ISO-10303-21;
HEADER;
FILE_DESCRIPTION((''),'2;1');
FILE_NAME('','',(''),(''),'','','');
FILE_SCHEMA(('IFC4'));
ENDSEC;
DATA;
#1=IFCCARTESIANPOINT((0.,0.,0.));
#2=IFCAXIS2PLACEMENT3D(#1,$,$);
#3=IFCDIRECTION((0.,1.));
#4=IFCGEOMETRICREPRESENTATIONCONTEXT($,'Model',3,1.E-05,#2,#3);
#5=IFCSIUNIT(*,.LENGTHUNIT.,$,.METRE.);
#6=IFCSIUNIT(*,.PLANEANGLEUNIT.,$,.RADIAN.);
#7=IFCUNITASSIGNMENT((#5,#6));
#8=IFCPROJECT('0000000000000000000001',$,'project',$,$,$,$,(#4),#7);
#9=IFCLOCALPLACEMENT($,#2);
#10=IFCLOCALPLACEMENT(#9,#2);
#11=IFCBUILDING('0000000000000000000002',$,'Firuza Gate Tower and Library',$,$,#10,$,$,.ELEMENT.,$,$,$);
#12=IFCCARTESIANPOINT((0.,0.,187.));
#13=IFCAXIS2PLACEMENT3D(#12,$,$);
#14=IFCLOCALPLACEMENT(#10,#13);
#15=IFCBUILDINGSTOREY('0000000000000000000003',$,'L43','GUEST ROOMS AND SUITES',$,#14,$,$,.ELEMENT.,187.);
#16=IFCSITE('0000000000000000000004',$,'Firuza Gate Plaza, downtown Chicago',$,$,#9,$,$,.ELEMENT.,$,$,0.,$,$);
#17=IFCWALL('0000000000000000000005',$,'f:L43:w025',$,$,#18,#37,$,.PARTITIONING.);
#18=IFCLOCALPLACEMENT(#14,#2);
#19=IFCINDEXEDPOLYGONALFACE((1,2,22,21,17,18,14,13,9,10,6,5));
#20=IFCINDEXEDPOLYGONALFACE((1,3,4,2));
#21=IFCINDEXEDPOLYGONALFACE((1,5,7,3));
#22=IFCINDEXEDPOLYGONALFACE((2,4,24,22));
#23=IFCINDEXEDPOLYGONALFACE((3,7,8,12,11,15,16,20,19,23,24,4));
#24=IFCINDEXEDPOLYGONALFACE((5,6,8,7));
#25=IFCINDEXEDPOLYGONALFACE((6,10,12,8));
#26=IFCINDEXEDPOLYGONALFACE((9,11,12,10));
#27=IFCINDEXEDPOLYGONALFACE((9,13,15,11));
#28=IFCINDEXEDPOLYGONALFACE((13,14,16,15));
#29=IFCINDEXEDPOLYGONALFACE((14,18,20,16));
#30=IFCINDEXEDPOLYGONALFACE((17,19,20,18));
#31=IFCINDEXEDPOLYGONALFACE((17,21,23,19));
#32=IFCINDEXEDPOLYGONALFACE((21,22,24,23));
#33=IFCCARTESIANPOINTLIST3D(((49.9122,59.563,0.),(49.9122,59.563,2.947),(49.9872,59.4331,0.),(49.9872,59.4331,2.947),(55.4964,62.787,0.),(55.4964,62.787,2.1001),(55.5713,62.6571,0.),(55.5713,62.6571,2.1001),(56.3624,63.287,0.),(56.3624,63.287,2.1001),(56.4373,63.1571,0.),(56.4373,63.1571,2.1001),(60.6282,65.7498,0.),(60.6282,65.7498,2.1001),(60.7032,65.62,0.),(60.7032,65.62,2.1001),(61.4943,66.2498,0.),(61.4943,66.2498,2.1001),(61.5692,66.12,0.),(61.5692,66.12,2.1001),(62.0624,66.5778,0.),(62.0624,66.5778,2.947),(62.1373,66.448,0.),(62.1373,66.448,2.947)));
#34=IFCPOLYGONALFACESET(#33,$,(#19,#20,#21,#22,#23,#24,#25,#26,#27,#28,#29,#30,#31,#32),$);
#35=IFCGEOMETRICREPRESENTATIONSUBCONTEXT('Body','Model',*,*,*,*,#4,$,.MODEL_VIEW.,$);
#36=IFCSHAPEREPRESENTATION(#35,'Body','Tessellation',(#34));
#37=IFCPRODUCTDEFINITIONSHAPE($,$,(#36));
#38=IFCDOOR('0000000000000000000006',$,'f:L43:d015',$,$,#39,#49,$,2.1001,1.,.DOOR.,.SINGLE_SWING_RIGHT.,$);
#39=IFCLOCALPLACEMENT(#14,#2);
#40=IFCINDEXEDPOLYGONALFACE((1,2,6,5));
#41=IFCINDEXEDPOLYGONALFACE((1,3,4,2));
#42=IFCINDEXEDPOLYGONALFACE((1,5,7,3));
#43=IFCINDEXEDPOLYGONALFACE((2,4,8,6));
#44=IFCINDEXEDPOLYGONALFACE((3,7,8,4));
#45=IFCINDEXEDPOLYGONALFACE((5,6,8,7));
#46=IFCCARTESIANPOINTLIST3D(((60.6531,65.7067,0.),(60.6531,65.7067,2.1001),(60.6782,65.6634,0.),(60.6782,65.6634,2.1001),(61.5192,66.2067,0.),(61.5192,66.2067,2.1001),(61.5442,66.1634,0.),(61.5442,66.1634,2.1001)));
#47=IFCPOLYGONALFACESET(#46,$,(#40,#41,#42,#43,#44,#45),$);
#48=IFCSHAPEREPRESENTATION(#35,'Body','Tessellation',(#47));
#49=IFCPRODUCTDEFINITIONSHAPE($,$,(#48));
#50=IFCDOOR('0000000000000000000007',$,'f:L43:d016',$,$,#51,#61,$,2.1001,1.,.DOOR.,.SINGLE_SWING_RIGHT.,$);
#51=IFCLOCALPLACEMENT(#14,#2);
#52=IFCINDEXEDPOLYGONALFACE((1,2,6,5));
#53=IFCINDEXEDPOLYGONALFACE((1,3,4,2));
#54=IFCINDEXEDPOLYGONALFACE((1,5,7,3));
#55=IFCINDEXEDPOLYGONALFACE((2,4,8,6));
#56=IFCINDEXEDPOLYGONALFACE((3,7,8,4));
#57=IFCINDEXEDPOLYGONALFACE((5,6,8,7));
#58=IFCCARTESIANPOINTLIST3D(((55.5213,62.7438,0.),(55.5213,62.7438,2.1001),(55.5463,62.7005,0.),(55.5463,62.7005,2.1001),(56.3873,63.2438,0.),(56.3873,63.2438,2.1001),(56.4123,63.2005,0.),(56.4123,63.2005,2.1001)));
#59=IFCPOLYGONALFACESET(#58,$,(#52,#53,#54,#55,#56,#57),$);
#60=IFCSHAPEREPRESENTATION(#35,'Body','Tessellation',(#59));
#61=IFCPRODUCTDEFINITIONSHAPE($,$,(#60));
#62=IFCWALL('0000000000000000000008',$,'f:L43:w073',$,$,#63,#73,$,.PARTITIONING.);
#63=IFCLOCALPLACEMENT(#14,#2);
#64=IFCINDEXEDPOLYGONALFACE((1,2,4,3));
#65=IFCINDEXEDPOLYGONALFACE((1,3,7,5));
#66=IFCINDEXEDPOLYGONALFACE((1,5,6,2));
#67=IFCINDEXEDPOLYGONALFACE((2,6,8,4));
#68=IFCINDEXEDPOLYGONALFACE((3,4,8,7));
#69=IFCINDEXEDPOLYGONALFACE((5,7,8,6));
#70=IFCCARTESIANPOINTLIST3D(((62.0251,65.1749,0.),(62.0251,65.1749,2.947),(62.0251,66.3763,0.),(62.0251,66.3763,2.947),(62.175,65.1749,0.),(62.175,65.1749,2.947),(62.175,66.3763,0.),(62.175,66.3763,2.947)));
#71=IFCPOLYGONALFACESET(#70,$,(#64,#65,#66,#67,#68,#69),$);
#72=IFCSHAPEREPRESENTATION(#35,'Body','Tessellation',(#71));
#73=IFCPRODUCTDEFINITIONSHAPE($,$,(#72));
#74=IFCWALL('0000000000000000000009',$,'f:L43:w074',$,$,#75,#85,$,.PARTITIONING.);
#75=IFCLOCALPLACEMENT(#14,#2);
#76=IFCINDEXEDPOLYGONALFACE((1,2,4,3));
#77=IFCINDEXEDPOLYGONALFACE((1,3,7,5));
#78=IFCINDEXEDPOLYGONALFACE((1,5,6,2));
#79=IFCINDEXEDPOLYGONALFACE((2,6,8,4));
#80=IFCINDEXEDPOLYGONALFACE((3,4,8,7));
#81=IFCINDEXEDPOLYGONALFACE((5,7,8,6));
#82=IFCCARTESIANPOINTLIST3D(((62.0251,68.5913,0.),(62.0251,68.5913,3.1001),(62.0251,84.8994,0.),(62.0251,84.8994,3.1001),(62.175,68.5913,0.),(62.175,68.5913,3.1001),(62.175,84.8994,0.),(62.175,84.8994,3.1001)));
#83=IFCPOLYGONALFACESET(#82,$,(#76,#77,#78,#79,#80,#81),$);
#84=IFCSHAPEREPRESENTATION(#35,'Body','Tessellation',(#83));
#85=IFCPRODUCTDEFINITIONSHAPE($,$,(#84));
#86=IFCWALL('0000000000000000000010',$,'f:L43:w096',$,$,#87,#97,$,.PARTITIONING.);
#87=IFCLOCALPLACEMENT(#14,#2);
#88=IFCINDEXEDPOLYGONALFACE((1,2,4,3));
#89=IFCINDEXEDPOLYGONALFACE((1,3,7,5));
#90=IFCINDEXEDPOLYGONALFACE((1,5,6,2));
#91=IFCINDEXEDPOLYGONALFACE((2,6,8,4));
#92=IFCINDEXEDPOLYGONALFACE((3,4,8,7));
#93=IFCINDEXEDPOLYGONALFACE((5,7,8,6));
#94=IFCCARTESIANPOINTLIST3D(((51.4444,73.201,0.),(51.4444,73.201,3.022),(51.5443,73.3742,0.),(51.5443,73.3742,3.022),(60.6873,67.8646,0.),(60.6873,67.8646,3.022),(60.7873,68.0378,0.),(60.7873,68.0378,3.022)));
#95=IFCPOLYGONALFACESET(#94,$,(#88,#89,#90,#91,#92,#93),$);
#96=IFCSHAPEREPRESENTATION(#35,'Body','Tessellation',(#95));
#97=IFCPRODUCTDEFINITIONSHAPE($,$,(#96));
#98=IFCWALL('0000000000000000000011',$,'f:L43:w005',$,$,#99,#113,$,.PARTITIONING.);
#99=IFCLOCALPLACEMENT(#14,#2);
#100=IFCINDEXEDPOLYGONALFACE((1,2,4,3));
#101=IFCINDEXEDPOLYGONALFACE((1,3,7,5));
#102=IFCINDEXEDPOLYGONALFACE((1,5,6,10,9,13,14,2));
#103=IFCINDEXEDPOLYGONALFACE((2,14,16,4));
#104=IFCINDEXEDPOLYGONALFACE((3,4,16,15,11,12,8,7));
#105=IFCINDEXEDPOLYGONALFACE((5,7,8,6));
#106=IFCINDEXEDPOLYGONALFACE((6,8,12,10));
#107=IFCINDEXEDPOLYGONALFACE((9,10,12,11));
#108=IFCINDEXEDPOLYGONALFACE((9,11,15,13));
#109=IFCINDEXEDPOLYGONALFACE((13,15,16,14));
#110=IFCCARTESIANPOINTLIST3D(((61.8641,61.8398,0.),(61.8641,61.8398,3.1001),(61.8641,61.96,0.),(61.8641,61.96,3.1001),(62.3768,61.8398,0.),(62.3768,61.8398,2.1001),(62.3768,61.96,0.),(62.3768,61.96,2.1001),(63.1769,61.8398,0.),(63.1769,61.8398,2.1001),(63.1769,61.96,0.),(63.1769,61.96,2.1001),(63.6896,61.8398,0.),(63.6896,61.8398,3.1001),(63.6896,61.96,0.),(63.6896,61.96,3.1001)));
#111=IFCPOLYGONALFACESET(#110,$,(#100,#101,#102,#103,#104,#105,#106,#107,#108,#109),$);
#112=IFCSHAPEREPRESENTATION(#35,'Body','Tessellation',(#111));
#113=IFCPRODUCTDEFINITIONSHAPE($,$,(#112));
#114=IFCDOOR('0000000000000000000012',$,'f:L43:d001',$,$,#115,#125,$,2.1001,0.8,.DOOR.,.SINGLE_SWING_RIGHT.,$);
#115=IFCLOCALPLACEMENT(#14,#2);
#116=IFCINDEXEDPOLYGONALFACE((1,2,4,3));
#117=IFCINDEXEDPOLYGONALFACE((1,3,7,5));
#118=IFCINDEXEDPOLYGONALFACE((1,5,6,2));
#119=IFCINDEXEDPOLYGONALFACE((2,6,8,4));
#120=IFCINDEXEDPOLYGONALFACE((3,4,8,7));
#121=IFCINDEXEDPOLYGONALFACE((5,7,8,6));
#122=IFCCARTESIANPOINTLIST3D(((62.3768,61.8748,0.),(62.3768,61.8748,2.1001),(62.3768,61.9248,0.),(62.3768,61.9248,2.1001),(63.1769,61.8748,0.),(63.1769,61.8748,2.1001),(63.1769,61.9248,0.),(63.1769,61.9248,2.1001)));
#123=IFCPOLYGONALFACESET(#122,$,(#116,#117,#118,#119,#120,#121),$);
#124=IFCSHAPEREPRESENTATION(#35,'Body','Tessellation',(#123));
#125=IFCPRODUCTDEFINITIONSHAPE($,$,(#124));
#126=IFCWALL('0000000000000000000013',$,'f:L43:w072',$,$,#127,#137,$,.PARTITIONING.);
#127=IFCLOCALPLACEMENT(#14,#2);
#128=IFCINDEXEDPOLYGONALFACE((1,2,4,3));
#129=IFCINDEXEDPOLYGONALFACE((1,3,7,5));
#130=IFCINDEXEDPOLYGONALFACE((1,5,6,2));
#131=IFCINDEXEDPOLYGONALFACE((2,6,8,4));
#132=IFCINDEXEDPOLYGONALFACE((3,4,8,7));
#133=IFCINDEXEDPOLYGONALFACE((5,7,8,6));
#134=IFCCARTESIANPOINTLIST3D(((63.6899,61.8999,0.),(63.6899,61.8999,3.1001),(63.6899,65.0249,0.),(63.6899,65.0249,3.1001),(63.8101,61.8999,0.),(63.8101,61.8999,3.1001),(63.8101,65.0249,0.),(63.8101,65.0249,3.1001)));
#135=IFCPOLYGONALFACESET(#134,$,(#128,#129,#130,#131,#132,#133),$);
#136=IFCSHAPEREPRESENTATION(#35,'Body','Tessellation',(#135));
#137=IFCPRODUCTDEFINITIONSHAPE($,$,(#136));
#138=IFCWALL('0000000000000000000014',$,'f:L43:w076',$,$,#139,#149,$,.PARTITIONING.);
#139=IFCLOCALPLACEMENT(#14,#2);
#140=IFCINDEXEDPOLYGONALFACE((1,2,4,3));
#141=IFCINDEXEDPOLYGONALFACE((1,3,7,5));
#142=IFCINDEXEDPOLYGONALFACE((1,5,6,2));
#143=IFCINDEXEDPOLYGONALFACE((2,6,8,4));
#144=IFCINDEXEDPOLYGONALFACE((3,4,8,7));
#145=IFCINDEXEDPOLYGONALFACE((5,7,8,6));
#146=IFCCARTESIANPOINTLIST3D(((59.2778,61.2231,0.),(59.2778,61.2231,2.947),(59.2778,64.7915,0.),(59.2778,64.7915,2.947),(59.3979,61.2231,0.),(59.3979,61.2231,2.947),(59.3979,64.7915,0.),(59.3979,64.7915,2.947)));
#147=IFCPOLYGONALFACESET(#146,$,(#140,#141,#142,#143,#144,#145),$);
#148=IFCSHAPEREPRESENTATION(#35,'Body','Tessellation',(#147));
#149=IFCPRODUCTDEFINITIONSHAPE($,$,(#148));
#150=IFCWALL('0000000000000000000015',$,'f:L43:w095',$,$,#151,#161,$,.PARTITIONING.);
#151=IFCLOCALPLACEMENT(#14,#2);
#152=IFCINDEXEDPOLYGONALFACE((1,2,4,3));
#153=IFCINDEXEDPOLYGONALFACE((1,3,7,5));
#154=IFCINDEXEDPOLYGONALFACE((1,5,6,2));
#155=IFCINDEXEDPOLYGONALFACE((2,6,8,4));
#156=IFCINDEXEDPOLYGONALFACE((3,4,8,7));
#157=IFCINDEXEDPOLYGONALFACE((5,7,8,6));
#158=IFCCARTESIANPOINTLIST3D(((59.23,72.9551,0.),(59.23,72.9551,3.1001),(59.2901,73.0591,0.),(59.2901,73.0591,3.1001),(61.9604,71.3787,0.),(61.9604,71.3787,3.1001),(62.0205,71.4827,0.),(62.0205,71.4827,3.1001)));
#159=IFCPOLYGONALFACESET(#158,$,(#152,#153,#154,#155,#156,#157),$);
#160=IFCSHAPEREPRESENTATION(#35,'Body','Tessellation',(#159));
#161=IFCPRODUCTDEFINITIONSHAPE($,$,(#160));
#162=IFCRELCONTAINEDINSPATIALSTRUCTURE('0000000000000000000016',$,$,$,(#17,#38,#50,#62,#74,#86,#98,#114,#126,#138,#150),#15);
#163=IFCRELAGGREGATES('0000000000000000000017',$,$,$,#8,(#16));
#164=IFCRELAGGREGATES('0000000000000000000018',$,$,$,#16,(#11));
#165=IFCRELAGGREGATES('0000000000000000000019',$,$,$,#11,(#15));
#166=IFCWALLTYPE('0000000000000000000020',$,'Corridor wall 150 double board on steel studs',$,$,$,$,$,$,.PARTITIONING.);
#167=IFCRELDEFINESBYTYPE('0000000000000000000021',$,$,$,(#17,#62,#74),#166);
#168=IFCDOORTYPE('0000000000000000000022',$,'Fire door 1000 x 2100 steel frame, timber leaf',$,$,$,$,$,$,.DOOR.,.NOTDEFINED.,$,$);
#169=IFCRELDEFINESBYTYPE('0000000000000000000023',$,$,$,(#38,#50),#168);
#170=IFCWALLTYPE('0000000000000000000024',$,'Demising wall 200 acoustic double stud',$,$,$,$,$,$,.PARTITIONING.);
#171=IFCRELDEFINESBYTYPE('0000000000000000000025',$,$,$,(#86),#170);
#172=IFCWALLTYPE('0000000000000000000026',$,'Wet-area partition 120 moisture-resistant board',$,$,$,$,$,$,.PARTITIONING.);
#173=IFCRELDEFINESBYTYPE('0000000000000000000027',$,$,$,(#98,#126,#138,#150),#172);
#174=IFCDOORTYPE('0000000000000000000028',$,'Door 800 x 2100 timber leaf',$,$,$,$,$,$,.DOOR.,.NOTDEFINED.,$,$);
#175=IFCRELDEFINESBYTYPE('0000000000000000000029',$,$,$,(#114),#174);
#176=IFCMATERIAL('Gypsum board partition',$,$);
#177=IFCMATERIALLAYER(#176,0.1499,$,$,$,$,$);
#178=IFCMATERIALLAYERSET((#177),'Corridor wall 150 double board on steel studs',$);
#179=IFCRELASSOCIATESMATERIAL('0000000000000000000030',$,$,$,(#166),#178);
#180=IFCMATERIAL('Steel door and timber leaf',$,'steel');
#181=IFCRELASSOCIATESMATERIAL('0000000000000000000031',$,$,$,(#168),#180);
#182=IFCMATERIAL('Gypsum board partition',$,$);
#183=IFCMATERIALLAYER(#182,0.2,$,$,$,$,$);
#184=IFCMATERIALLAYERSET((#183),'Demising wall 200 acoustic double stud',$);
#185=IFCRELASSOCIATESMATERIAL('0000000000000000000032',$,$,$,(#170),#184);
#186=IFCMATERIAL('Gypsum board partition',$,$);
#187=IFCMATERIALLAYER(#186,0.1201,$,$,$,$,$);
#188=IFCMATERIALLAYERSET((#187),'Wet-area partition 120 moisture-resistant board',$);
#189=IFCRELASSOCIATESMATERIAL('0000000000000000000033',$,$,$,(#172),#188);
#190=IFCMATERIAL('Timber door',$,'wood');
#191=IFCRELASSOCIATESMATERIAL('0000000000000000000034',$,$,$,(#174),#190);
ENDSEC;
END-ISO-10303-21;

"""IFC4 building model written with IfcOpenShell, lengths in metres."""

from ifc_helpers import new_model, si_unit, direction, frame, frame_2d, origin, place, context, subcontext, project, spatial, rectangle, extrude, material, layer, layer_set, type_object, element, fill, save


model = new_model("IFC4")

# Units and contexts
model_context = context("Model", 3, precision=1e-05, world=origin(), true_north=direction((0.0, 1.0)))
body_context = subcontext(model_context, "Body", "Model", "MODEL_VIEW")
ifc_project = project(units=[si_unit("LENGTHUNIT", "METRE"), si_unit("PLANEANGLEUNIT", "RADIAN")], contexts=[model_context])

# Site, building, storey
site_placement = place(None, origin())
site = spatial("IfcSite", under=ifc_project, at=site_placement, Name="Firuza Gate Plaza, downtown Chicago", CompositionType="ELEMENT", RefElevation=0.0)
building_placement = place(site_placement, origin())
building = spatial("IfcBuilding", under=site, at=building_placement, Name="Firuza Gate Tower and Library", CompositionType="ELEMENT")
storey_placement = place(building_placement, frame((0.0, 0.0, 187.0)))
storey = spatial("IfcBuildingStorey", under=building, at=storey_placement, Name="L43", Description="GUEST ROOMS AND SUITES", CompositionType="ELEMENT", Elevation=187.0)

# Wall, openings, doors
ifc_material_1 = material(Name="Gypsum board partition")
ifc_layer_1 = layer(ifc_material_1, 0.1499)
ifc_layer_set_1 = layer_set([ifc_layer_1], Name="Corridor wall 150 double board on steel studs")
wall_type_1 = type_object("IfcWallType", Name="Corridor wall 150 double board on steel studs", PredefinedType="PARTITIONING", material=ifc_layer_set_1)
wall_1_placement = place(storey_placement, frame((62.0999, 66.5129, 0.0), z_axis=(0.0, 0.0, 1.0), x_axis=(-0.866025, -0.5, 0.0)))
wall_1 = element("IfcWall", 1, at=wall_1_placement, inside=storey, type_object=wall_type_1, Name="f:L43:w025", PredefinedType="PARTITIONING", context=body_context, shape_type="SweptSolid", body=[
    extrude(rectangle(XDim=14.0298, YDim=0.1499, at=frame_2d((7.0149, 0.0))), origin(), (0.0, 0.0, 1.0), 2.947),
])
opening_1_placement = place(wall_1_placement, frame((0.656, 0.0, 0.0)))
opening_1 = element("IfcOpeningElement", 2, at=opening_1_placement, cuts=wall_1, PredefinedType="OPENING", context=body_context, shape_type="SweptSolid", body=[
    extrude(rectangle(XDim=1.0, YDim=2.1001, at=frame_2d((0.5, 1.05))), frame((0.0, 0.085, 0.0), z_axis=(0.0, -1.0, 0.0), x_axis=(1.0, 0.0, 0.0)), (0.0, 0.0, 1.0), 0.1699),
])
opening_2_placement = place(wall_1_placement, frame((6.5818, 0.0, 0.0)))
opening_2 = element("IfcOpeningElement", 3, at=opening_2_placement, cuts=wall_1, PredefinedType="OPENING", context=body_context, shape_type="SweptSolid", body=[
    extrude(rectangle(XDim=1.0, YDim=2.1001, at=frame_2d((0.5, 1.05))), frame((0.0, 0.085, 0.0), z_axis=(0.0, -1.0, 0.0), x_axis=(1.0, 0.0, 0.0)), (0.0, 0.0, 1.0), 0.1699),
])
ifc_material_2 = material(Name="Steel door and timber leaf", Category="steel")
door_type_1 = type_object("IfcDoorType", Name="Fire door 1000 x 2100 steel frame, timber leaf", OperationType="NOTDEFINED", PredefinedType="DOOR", material=ifc_material_2)
door_1_placement = place(opening_1_placement, origin())
door_1 = element("IfcDoor", 4, at=door_1_placement, inside=storey, type_object=door_type_1, Name="f:L43:d015", OperationType="SINGLE_SWING_RIGHT", OverallHeight=2.1001, OverallWidth=1.0, PredefinedType="DOOR", context=body_context, shape_type="SweptSolid", body=[
    extrude(rectangle(XDim=1.0, YDim=2.1001, at=frame_2d((0.5, 1.05))), frame((0.0, 0.0249, 0.0), z_axis=(0.0, -1.0, 0.0), x_axis=(1.0, 0.0, 0.0)), (0.0, 0.0, 1.0), 0.05),
])
fill(opening_1, door_1)
door_2_placement = place(opening_2_placement, origin())
door_2 = element("IfcDoor", 5, at=door_2_placement, inside=storey, type_object=door_type_1, Name="f:L43:d016", OperationType="SINGLE_SWING_RIGHT", OverallHeight=2.1001, OverallWidth=1.0, PredefinedType="DOOR", context=body_context, shape_type="SweptSolid", body=[
    extrude(rectangle(XDim=1.0, YDim=2.1001, at=frame_2d((0.5, 1.05))), frame((0.0, 0.0249, 0.0), z_axis=(0.0, -1.0, 0.0), x_axis=(1.0, 0.0, 0.0)), (0.0, 0.0, 1.0), 0.05),
])
fill(opening_2, door_2)

# Walls
wall_2_placement = place(storey_placement, frame((62.1001, 65.175, 0.0), z_axis=(0.0, 0.0, 1.0), x_axis=(0.0, 1.0, 0.0)))
element("IfcWall", 6, at=wall_2_placement, inside=storey, type_object=wall_type_1, Name="f:L43:w073", PredefinedType="PARTITIONING", context=body_context, shape_type="SweptSolid", body=[
    extrude(rectangle(XDim=1.2014, YDim=0.1499, at=frame_2d((0.6006, 0.0))), origin(), (0.0, 0.0, 1.0), 2.947),
])
wall_3_placement = place(storey_placement, frame((62.1001, 68.5913, 0.0), z_axis=(0.0, 0.0, 1.0), x_axis=(0.0, 1.0, 0.0)))
element("IfcWall", 7, at=wall_3_placement, inside=storey, type_object=wall_type_1, Name="f:L43:w074", PredefinedType="PARTITIONING", context=body_context, shape_type="SweptSolid", body=[
    extrude(rectangle(XDim=16.3081, YDim=0.1499, at=frame_2d((8.1541, 0.0))), origin(), (0.0, 0.0, 1.0), 3.1001),
])
ifc_material_3 = material(Name="Gypsum board partition")
ifc_layer_2 = layer(ifc_material_3, 0.2)
ifc_layer_set_2 = layer_set([ifc_layer_2], Name="Demising wall 200 acoustic double stud")
wall_type_2 = type_object("IfcWallType", Name="Demising wall 200 acoustic double stud", PredefinedType="PARTITIONING", material=ifc_layer_set_2)
wall_4_placement = place(storey_placement, frame((60.7373, 67.9512, 0.0), z_axis=(0.0, 0.0, 1.0), x_axis=(-0.866024, 0.500002, 0.0)))
element("IfcWall", 8, at=wall_4_placement, inside=storey, type_object=wall_type_2, Name="f:L43:w096", PredefinedType="PARTITIONING", context=body_context, shape_type="SweptSolid", body=[
    extrude(rectangle(XDim=10.6729, YDim=0.2, at=frame_2d((5.3364, 0.0))), origin(), (0.0, 0.0, 1.0), 3.022),
])

# Wall, opening, door
ifc_material_4 = material(Name="Gypsum board partition")
ifc_layer_3 = layer(ifc_material_4, 0.1201)
ifc_layer_set_3 = layer_set([ifc_layer_3], Name="Wet-area partition 120 moisture-resistant board")
wall_type_3 = type_object("IfcWallType", Name="Wet-area partition 120 moisture-resistant board", PredefinedType="PARTITIONING", material=ifc_layer_set_3)
wall_5_placement = place(storey_placement, frame((61.8643, 61.8999, 0.0), z_axis=(0.0, 0.0, 1.0), x_axis=(1.0, 0.0, 0.0)))
wall_5 = element("IfcWall", 9, at=wall_5_placement, inside=storey, type_object=wall_type_3, Name="f:L43:w005", PredefinedType="PARTITIONING", context=body_context, shape_type="SweptSolid", body=[
    extrude(rectangle(XDim=1.8254, YDim=0.1201, at=frame_2d((0.9126, 0.0))), origin(), (0.0, 0.0, 1.0), 3.1001),
])
opening_3_placement = place(wall_5_placement, frame((0.5127, 0.0, 0.0)))
opening_3 = element("IfcOpeningElement", 10, at=opening_3_placement, cuts=wall_5, PredefinedType="OPENING", context=body_context, shape_type="SweptSolid", body=[
    extrude(rectangle(XDim=0.8, YDim=2.1001, at=frame_2d((0.3999, 1.05))), frame((0.0, 0.0701, 0.0), z_axis=(0.0, -1.0, 0.0), x_axis=(1.0, 0.0, 0.0)), (0.0, 0.0, 1.0), 0.1401),
])
ifc_material_5 = material(Name="Timber door", Category="wood")
door_type_2 = type_object("IfcDoorType", Name="Door 800 x 2100 timber leaf", OperationType="NOTDEFINED", PredefinedType="DOOR", material=ifc_material_5)
door_3_placement = place(opening_3_placement, origin())
door_3 = element("IfcDoor", 11, at=door_3_placement, inside=storey, type_object=door_type_2, Name="f:L43:d001", OperationType="SINGLE_SWING_RIGHT", OverallHeight=2.1001, OverallWidth=0.8, PredefinedType="DOOR", context=body_context, shape_type="SweptSolid", body=[
    extrude(rectangle(XDim=0.8, YDim=2.1001, at=frame_2d((0.3999, 1.05))), frame((0.0, 0.0249, 0.0), z_axis=(0.0, -1.0, 0.0), x_axis=(1.0, 0.0, 0.0)), (0.0, 0.0, 1.0), 0.05),
])
fill(opening_3, door_3)

# Walls
wall_6_placement = place(storey_placement, frame((63.75, 61.8999, 0.0), z_axis=(0.0, 0.0, 1.0), x_axis=(0.0, 1.0, 0.0)))
element("IfcWall", 12, at=wall_6_placement, inside=storey, type_object=wall_type_3, Name="f:L43:w072", PredefinedType="PARTITIONING", context=body_context, shape_type="SweptSolid", body=[
    extrude(rectangle(XDim=3.125, YDim=0.1201, at=frame_2d((1.5625, 0.0))), origin(), (0.0, 0.0, 1.0), 3.1001),
])
wall_7_placement = place(storey_placement, frame((59.3379, 61.2231, 0.0), z_axis=(0.0, 0.0, 1.0), x_axis=(0.0, 1.0, 0.0)))
element("IfcWall", 13, at=wall_7_placement, inside=storey, type_object=wall_type_3, Name="f:L43:w076", PredefinedType="PARTITIONING", context=body_context, shape_type="SweptSolid", body=[
    extrude(rectangle(XDim=3.5684, YDim=0.1201, at=frame_2d((1.7842, 0.0))), origin(), (0.0, 0.0, 1.0), 2.947),
])
wall_8_placement = place(storey_placement, frame((61.9905, 71.4307, 0.0), z_axis=(0.0, 0.0, 1.0), x_axis=(-0.866028, 0.499995, 0.0)))
element("IfcWall", 14, at=wall_8_placement, inside=storey, type_object=wall_type_3, Name="f:L43:w095", PredefinedType="PARTITIONING", context=body_context, shape_type="SweptSolid", body=[
    extrude(rectangle(XDim=3.1528, YDim=0.1201, at=frame_2d((1.5764, 0.0))), origin(), (0.0, 0.0, 1.0), 3.1001),
])

save(model, "model.ifc")
